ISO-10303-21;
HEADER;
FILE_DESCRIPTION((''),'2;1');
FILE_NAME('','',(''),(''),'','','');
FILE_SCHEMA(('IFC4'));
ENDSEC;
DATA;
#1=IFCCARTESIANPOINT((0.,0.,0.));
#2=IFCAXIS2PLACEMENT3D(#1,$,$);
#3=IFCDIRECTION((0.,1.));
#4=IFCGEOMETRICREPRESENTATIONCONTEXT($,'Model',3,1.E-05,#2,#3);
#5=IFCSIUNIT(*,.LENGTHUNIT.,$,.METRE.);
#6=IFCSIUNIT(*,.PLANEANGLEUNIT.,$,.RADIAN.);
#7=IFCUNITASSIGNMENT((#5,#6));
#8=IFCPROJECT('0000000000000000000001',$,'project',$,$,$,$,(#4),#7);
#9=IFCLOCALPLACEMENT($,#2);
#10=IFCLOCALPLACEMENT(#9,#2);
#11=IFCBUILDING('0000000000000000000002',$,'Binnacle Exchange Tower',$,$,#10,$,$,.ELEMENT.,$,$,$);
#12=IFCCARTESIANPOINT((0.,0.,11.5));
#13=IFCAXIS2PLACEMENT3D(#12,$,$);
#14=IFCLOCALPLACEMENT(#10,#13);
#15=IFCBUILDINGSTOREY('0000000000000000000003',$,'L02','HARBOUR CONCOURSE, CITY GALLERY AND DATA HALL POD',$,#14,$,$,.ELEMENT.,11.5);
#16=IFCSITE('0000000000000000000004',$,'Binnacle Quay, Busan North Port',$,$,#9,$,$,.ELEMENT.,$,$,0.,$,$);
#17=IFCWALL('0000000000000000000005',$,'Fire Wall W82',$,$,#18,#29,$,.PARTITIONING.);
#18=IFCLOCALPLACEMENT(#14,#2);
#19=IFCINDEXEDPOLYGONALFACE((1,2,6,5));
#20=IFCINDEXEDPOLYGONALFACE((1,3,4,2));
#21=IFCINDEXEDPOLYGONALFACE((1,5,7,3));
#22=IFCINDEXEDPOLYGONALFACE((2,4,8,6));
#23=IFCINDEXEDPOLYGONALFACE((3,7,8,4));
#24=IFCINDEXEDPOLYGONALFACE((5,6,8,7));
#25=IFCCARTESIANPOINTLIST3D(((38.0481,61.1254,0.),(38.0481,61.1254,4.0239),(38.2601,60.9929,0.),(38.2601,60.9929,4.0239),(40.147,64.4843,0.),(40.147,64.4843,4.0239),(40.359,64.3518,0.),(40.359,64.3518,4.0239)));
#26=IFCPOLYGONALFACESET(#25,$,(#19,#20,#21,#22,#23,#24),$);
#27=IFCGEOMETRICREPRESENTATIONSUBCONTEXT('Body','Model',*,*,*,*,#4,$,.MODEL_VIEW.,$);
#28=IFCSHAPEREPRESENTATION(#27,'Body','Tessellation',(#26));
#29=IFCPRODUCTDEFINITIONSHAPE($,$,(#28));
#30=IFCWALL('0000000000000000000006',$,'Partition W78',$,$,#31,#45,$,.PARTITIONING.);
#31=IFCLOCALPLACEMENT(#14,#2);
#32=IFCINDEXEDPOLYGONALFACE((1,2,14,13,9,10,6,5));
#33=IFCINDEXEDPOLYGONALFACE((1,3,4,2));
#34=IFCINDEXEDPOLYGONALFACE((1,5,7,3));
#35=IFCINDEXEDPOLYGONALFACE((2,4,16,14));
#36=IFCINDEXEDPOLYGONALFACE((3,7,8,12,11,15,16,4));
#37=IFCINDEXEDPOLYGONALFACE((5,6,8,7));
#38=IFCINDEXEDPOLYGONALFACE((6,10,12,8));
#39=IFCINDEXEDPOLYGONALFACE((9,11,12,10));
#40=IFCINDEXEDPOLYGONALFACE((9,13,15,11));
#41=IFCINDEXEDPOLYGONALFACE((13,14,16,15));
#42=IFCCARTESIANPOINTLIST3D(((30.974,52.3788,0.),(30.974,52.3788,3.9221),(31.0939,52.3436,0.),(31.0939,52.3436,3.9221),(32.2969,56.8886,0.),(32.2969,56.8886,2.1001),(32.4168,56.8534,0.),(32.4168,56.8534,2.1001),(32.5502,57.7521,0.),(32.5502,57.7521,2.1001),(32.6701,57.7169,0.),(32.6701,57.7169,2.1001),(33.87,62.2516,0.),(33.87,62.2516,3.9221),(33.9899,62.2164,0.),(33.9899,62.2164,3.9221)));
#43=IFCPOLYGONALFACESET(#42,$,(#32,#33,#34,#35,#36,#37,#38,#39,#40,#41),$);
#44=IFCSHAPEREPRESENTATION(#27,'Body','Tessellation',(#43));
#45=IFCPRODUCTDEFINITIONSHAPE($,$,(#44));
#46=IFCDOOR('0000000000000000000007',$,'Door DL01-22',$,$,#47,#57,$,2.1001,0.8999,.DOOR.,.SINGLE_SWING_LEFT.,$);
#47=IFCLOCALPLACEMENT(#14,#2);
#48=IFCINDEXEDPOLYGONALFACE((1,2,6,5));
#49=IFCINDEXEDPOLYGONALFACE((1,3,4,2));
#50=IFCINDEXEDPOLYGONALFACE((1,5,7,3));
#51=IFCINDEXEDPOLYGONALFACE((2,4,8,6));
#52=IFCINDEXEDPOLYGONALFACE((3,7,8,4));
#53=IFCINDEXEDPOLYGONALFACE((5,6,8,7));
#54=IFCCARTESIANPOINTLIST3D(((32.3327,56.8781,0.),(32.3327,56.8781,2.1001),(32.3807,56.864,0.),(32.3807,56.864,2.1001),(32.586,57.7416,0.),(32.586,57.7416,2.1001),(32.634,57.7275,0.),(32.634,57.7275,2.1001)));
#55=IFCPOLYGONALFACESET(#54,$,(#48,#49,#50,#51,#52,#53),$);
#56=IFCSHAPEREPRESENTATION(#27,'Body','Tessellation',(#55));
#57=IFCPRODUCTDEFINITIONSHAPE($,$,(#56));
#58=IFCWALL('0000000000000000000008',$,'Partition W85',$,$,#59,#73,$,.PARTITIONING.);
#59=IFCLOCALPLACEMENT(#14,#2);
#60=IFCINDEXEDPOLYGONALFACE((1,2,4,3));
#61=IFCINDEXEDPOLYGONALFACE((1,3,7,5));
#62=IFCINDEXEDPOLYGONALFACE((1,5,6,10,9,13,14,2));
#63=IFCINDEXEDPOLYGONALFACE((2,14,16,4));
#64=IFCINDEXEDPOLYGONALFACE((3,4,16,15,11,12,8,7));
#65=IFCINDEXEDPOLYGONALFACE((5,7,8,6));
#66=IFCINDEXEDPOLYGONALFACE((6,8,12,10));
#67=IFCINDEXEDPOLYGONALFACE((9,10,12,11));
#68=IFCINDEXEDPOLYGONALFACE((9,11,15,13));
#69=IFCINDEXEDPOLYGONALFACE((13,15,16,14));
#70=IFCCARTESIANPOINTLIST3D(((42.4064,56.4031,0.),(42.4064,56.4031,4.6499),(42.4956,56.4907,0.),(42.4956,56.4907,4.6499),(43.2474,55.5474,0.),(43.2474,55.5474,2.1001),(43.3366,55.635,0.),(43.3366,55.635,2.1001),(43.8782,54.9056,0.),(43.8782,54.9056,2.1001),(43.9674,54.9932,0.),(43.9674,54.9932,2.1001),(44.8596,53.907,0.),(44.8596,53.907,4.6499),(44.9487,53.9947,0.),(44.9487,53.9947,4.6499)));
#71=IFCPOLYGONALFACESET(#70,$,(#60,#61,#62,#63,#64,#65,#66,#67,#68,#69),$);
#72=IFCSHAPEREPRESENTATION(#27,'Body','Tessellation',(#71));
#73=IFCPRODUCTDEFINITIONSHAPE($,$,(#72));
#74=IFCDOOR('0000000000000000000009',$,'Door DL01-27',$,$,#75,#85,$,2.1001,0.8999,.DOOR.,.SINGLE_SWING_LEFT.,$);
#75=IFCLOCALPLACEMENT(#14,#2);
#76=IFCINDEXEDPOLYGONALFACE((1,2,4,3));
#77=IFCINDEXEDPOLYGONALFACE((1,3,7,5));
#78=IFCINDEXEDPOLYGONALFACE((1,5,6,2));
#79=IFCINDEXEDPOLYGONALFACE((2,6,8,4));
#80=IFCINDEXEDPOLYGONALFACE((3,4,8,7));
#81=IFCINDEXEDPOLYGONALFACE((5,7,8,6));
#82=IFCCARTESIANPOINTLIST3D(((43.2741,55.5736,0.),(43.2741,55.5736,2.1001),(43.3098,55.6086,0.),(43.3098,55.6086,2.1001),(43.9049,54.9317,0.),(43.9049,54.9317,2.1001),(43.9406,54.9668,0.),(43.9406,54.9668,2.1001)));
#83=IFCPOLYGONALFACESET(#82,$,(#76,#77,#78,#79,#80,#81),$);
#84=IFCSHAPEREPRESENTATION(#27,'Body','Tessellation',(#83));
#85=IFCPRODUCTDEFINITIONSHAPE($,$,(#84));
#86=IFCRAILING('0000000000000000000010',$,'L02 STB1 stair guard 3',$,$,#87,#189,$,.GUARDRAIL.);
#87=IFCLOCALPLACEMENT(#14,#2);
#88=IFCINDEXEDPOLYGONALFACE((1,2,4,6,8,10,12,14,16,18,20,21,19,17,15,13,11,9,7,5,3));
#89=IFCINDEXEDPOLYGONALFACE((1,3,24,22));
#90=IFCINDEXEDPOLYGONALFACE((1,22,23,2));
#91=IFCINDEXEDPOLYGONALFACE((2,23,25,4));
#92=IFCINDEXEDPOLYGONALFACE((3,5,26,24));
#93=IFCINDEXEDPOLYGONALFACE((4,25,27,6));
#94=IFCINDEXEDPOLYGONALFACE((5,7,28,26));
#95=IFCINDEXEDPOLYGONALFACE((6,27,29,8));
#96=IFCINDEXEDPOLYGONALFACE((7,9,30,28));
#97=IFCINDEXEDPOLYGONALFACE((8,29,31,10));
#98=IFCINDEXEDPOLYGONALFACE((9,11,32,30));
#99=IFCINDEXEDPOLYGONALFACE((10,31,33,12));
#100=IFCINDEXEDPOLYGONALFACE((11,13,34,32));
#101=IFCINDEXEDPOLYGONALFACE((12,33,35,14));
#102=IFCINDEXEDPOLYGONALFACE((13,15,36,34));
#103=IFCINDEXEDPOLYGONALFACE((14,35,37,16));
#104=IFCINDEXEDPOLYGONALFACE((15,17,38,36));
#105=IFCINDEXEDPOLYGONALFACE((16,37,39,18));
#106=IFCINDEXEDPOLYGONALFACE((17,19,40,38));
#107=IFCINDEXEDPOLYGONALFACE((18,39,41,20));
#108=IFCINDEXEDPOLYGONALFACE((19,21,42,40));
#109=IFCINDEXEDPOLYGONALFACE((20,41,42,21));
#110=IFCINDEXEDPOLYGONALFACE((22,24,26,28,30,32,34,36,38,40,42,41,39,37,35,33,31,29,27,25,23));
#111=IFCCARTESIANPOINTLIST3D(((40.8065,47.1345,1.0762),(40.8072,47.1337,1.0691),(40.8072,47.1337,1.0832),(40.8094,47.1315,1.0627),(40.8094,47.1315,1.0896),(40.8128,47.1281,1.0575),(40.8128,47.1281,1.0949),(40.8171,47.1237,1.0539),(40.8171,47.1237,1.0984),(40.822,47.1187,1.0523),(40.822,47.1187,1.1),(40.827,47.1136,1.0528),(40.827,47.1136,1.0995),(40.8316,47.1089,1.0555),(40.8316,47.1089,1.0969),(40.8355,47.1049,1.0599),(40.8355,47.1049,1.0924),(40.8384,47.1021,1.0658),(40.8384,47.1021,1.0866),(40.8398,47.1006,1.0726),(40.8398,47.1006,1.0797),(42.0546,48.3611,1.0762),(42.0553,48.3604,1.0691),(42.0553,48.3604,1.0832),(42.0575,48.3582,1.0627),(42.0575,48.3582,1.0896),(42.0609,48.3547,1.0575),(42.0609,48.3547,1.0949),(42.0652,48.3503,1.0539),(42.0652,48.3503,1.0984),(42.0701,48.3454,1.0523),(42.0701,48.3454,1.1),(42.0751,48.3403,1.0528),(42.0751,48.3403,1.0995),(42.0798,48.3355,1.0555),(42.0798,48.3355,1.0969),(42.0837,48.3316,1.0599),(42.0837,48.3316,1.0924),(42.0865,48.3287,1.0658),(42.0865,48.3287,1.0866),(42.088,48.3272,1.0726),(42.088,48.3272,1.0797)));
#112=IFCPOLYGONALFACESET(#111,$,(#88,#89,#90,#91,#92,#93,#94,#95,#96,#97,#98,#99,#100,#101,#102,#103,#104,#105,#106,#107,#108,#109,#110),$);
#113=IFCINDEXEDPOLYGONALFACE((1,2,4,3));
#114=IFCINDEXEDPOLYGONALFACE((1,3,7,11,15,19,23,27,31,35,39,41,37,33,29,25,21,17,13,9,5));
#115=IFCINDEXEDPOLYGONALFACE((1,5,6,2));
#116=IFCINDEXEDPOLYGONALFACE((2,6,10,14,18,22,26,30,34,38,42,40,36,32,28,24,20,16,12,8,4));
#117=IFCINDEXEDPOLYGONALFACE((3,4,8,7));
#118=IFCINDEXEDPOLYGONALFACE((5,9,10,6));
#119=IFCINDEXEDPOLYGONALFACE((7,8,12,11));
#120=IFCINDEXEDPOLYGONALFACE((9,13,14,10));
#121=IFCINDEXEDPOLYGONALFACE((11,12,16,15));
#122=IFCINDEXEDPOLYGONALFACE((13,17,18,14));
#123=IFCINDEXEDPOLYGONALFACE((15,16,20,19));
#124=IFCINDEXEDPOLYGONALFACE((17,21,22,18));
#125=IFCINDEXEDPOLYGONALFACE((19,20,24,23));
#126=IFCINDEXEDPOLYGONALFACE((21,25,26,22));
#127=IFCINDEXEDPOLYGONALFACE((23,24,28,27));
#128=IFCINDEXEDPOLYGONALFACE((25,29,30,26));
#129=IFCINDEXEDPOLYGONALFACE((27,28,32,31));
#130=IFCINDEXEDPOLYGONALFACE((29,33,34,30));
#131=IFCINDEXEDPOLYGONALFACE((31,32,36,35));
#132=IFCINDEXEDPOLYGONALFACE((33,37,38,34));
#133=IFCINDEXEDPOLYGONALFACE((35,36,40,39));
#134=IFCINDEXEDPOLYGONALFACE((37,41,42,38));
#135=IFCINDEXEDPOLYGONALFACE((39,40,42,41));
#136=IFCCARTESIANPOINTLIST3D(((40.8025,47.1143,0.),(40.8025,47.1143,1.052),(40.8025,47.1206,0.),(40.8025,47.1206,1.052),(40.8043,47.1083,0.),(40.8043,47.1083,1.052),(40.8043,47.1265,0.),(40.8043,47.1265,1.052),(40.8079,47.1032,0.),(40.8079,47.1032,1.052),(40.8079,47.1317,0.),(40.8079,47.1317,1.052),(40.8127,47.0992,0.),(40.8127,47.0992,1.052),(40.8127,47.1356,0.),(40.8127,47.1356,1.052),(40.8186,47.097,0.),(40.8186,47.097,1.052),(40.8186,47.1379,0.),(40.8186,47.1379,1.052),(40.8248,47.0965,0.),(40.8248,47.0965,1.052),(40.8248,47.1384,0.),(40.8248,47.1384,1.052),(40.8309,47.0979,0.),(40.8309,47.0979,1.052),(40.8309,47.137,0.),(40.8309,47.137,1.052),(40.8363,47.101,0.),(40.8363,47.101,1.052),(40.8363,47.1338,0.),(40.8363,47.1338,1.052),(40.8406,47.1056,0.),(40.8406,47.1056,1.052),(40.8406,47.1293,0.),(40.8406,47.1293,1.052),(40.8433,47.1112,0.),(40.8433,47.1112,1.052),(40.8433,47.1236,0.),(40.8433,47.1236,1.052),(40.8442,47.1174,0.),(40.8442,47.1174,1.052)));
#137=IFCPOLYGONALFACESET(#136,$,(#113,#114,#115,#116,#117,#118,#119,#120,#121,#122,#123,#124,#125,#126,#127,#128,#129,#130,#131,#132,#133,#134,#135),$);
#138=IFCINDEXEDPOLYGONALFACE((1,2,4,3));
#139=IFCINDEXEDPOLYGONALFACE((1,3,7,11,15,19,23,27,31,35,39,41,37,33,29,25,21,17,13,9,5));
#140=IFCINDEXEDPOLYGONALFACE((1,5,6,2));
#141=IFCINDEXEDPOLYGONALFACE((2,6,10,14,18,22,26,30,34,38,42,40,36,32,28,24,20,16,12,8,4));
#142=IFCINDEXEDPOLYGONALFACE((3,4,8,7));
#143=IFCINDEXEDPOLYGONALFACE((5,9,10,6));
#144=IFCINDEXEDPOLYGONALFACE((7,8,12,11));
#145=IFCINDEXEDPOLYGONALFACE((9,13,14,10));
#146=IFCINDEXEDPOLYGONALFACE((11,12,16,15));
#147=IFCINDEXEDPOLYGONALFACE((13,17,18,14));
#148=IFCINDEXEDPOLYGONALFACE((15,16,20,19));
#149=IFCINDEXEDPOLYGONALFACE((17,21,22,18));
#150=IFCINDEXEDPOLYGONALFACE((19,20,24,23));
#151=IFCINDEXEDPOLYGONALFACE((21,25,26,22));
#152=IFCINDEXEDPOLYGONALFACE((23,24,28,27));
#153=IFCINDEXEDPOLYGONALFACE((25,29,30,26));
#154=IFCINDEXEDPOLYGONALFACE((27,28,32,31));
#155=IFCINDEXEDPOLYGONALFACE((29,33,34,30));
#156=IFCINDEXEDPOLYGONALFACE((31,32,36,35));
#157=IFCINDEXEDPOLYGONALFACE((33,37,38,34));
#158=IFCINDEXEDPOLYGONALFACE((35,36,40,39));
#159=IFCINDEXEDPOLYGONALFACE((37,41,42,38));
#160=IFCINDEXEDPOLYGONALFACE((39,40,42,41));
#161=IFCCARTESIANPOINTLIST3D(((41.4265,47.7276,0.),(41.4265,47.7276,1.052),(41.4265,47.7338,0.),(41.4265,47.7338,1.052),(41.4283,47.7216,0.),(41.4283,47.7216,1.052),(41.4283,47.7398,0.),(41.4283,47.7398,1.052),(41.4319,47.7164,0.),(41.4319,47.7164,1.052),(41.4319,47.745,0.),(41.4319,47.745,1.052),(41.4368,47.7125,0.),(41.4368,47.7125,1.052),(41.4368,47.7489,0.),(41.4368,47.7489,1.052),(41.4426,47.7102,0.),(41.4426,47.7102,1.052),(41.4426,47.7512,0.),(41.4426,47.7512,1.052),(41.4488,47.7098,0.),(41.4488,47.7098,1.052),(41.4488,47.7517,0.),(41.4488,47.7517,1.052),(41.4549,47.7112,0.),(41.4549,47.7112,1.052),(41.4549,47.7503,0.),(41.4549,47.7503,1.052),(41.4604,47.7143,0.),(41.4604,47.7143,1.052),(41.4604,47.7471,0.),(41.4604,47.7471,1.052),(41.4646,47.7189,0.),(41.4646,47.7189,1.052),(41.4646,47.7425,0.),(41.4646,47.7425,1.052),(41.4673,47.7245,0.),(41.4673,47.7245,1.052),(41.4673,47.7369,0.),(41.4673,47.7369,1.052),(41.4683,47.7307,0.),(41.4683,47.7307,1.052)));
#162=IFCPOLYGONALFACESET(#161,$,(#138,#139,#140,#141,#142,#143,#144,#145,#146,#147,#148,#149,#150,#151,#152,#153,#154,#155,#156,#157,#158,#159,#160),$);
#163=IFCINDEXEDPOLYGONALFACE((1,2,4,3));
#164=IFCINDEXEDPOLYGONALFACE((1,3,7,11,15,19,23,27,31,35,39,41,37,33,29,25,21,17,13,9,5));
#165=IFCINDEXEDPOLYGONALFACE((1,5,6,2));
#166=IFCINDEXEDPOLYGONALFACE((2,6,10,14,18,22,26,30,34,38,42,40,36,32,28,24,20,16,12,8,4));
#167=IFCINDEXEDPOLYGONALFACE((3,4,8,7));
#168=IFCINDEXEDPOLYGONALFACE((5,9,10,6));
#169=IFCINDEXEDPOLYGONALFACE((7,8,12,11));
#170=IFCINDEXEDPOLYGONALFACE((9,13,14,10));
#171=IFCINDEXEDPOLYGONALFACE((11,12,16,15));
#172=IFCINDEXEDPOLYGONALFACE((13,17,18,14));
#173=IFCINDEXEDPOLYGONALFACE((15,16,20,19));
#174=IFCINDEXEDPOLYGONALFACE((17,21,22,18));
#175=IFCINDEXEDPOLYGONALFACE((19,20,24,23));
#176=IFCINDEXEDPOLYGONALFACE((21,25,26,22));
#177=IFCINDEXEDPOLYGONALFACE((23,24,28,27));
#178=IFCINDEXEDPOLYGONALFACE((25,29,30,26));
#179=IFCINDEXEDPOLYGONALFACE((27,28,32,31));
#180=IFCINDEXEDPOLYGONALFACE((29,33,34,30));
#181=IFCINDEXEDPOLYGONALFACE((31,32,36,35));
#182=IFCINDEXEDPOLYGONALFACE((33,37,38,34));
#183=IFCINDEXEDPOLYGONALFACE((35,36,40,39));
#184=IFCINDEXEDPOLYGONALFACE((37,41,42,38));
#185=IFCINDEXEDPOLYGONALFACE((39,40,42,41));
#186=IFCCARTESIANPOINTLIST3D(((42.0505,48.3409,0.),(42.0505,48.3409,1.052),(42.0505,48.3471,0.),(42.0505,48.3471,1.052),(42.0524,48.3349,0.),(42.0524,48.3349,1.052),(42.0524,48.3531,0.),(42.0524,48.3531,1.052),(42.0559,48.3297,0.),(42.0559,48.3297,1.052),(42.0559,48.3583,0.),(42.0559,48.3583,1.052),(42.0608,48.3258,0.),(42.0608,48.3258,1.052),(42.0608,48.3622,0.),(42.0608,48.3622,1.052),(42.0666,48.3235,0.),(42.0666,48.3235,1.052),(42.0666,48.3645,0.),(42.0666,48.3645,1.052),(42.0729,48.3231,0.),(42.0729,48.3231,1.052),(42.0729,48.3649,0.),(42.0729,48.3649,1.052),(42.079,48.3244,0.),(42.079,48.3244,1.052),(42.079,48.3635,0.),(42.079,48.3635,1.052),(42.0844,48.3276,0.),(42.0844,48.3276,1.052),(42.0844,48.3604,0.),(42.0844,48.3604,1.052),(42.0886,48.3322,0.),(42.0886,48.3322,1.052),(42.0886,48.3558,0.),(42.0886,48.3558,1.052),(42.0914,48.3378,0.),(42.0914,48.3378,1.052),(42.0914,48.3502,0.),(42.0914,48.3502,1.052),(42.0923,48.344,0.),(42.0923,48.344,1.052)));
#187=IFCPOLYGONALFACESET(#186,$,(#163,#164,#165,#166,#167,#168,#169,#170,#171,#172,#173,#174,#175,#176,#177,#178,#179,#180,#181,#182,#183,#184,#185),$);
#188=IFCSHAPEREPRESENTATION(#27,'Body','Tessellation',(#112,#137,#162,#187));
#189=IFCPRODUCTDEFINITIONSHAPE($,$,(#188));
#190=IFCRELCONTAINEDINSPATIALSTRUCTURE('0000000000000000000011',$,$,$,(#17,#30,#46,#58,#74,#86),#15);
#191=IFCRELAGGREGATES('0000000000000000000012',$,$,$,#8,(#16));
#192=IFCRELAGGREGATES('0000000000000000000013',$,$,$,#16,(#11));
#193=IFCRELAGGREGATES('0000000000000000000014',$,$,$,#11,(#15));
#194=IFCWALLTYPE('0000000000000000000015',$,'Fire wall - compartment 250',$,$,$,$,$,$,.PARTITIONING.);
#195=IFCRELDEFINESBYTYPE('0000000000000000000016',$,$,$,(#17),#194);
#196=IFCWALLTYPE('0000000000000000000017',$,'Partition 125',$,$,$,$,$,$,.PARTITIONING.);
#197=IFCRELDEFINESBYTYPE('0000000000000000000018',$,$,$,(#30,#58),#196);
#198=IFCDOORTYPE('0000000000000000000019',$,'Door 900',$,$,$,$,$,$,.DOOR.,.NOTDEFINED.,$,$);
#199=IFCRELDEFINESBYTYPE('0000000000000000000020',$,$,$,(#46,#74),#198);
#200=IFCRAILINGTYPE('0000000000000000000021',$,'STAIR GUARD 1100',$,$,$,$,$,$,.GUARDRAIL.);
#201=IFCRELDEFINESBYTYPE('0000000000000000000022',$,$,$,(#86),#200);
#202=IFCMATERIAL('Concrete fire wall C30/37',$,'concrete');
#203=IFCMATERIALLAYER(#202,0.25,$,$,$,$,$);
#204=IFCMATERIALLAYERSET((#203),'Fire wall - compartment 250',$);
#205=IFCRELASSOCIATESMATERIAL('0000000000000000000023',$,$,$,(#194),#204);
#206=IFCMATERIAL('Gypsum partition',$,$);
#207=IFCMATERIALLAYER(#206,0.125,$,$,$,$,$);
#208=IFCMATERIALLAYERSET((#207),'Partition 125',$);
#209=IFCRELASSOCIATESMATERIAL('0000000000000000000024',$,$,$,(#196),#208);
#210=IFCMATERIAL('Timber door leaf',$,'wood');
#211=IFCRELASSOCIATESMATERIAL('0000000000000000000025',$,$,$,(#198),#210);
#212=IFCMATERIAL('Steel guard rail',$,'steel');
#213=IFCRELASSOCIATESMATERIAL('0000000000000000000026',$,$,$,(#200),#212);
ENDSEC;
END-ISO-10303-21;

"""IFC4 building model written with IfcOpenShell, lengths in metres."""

from ifc_helpers import new_model, si_unit, direction, frame, frame_2d, origin, origin_2d, place, context, subcontext, project, spatial, rectangle, circle, extrude, material, layer, layer_set, type_object, element, fill, save


model = new_model("IFC4")

# Units and contexts
model_context = context("Model", 3, precision=1e-05, world=origin(), true_north=direction((0.0, 1.0)))
body_context = subcontext(model_context, "Body", "Model", "MODEL_VIEW")
ifc_project = project(units=[si_unit("LENGTHUNIT", "METRE"), si_unit("PLANEANGLEUNIT", "RADIAN")], contexts=[model_context])

# Site, building, storey
site_placement = place(None, origin())
site = spatial("IfcSite", under=ifc_project, at=site_placement, Name="Binnacle Quay, Busan North Port", CompositionType="ELEMENT", RefElevation=0.0)
building_placement = place(site_placement, origin())
building = spatial("IfcBuilding", under=site, at=building_placement, Name="Binnacle Exchange Tower", CompositionType="ELEMENT")
storey_placement = place(building_placement, frame((0.0, 0.0, 11.5)))
storey = spatial("IfcBuildingStorey", under=building, at=storey_placement, Name="L02", Description="HARBOUR CONCOURSE, CITY GALLERY AND DATA HALL POD", CompositionType="ELEMENT", Elevation=11.5)

# Wall
ifc_material_1 = material(Name="Concrete fire wall C30/37", Category="concrete")
ifc_layer_1 = layer(ifc_material_1, 0.25)
ifc_layer_set_1 = layer_set([ifc_layer_1], Name="Fire wall - compartment 250")
wall_type_1 = type_object("IfcWallType", Name="Fire wall - compartment 250", PredefinedType="PARTITIONING", material=ifc_layer_set_1)
wall_1_placement = place(storey_placement, frame((38.1541, 61.0591, 0.0), z_axis=(0.0, 0.0, 1.0), x_axis=(0.529921, 0.848047, 0.0)))
element("IfcWall", 1, at=wall_1_placement, inside=storey, type_object=wall_type_1, Name="Fire Wall W82", PredefinedType="PARTITIONING", context=body_context, shape_type="SweptSolid", body=[
    extrude(rectangle(XDim=3.9607, YDim=0.25, at=frame_2d((1.9805, 0.0))), origin(), (0.0, 0.0, 1.0), 4.0239),
])

# Walls, openings, doors
ifc_material_2 = material(Name="Gypsum partition")
ifc_layer_2 = layer(ifc_material_2, 0.125)
ifc_layer_set_2 = layer_set([ifc_layer_2], Name="Partition 125")
wall_type_2 = type_object("IfcWallType", Name="Partition 125", PredefinedType="PARTITIONING", material=ifc_layer_set_2)
wall_2_placement = place(storey_placement, frame((31.0339, 52.3611, 0.0), z_axis=(0.0, 0.0, 1.0), x_axis=(0.281471, 0.95957, 0.0)))
wall_2 = element("IfcWall", 2, at=wall_2_placement, inside=storey, type_object=wall_type_2, Name="Partition W78", PredefinedType="PARTITIONING", context=body_context, shape_type="SweptSolid", body=[
    extrude(rectangle(XDim=10.2888, YDim=0.125, at=frame_2d((5.1445, 0.0))), origin(), (0.0, 0.0, 1.0), 3.9221),
])
opening_1_placement = place(wall_2_placement, frame((4.7, 0.0, 0.0)))
opening_1 = element("IfcOpeningElement", 3, at=opening_1_placement, cuts=wall_2, PredefinedType="OPENING", context=body_context, shape_type="SweptSolid", body=[
    extrude(rectangle(XDim=0.8999, YDim=2.1001, at=frame_2d((0.45, 1.05))), frame((0.0, 0.0725, 0.0), z_axis=(0.0, -1.0, 0.0), x_axis=(1.0, 0.0, 0.0)), (0.0, 0.0, 1.0), 0.145),
])
ifc_material_3 = material(Name="Timber door leaf", Category="wood")
door_type_1 = type_object("IfcDoorType", Name="Door 900", OperationType="NOTDEFINED", PredefinedType="DOOR", material=ifc_material_3)
door_1_placement = place(opening_1_placement, frame((0.8999, 0.0, 0.0), z_axis=(0.0, 0.0, 1.0), x_axis=(-1.0, 0.0, 0.0)))
door_1 = element("IfcDoor", 4, at=door_1_placement, inside=storey, type_object=door_type_1, Name="Door DL01-22", OperationType="SINGLE_SWING_LEFT", OverallHeight=2.1001, OverallWidth=0.8999, PredefinedType="DOOR", context=body_context, shape_type="SweptSolid", body=[
    extrude(rectangle(XDim=0.8999, YDim=2.1001, at=frame_2d((0.45, 1.05))), frame((0.0, 0.0249, 0.0), z_axis=(0.0, -1.0, 0.0), x_axis=(1.0, 0.0, 0.0)), (0.0, 0.0, 1.0), 0.05),
])
fill(opening_1, door_1)
wall_3_placement = place(storey_placement, frame((42.4509, 56.447, 0.0), z_axis=(0.0, 0.0, 1.0), x_axis=(0.700941, -0.713219, 0.0)))
wall_3 = element("IfcWall", 5, at=wall_3_placement, inside=storey, type_object=wall_type_2, Name="Partition W85", PredefinedType="PARTITIONING", context=body_context, shape_type="SweptSolid", body=[
    extrude(rectangle(XDim=3.4998, YDim=0.125, at=frame_2d((1.75, 0.0))), origin(), (0.0, 0.0, 1.0), 4.6499),
])
opening_2_placement = place(wall_3_placement, frame((1.2, 0.0, 0.0)))
opening_2 = element("IfcOpeningElement", 6, at=opening_2_placement, cuts=wall_3, PredefinedType="OPENING", context=body_context, shape_type="SweptSolid", body=[
    extrude(rectangle(XDim=0.8999, YDim=2.1001, at=frame_2d((0.45, 1.05))), frame((0.0, 0.0725, 0.0), z_axis=(0.0, -1.0, 0.0), x_axis=(1.0, 0.0, 0.0)), (0.0, 0.0, 1.0), 0.145),
])
door_2_placement = place(opening_2_placement, origin())
door_2 = element("IfcDoor", 7, at=door_2_placement, inside=storey, type_object=door_type_1, Name="Door DL01-27", OperationType="SINGLE_SWING_LEFT", OverallHeight=2.1001, OverallWidth=0.8999, PredefinedType="DOOR", context=body_context, shape_type="SweptSolid", body=[
    extrude(rectangle(XDim=0.8999, YDim=2.1001, at=frame_2d((0.45, 1.05))), frame((0.0, 0.0249, 0.0), z_axis=(0.0, -1.0, 0.0), x_axis=(1.0, 0.0, 0.0)), (0.0, 0.0, 1.0), 0.05),
])
fill(opening_2, door_2)

# Railing
ifc_material_4 = material(Name="Steel guard rail", Category="steel")
railing_type = type_object("IfcRailingType", Name="STAIR GUARD 1100", PredefinedType="GUARDRAIL", material=ifc_material_4)
railing_1_placement = place(storey_placement, frame((40.8232, 47.1174, 0.0)))
element("IfcRailing", 8, at=railing_1_placement, inside=storey, type_object=railing_type, Name="L02 STB1 stair guard 3", PredefinedType="GUARDRAIL", context=body_context, shape_type="SweptSolid", body=[
    extrude(circle(Radius=0.0239, at=origin_2d()), frame((0.0, 0.0, 1.0762), z_axis=(0.713219, 0.700941, 0.0), x_axis=(-0.700941, 0.713219, 0.0)), (0.0, 0.0, 1.0), 1.75),
    extrude(circle(Radius=0.021, at=origin_2d()), origin(), (0.0, 0.0, 1.0), 1.052),
    extrude(circle(Radius=0.021, at=origin_2d()), frame((0.624, 0.6133, 0.0)), (0.0, 0.0, 1.0), 1.052),
    extrude(circle(Radius=0.021, at=origin_2d()), frame((1.248, 1.2266, 0.0)), (0.0, 0.0, 1.0), 1.052),
])

save(model, "model.ifc")
